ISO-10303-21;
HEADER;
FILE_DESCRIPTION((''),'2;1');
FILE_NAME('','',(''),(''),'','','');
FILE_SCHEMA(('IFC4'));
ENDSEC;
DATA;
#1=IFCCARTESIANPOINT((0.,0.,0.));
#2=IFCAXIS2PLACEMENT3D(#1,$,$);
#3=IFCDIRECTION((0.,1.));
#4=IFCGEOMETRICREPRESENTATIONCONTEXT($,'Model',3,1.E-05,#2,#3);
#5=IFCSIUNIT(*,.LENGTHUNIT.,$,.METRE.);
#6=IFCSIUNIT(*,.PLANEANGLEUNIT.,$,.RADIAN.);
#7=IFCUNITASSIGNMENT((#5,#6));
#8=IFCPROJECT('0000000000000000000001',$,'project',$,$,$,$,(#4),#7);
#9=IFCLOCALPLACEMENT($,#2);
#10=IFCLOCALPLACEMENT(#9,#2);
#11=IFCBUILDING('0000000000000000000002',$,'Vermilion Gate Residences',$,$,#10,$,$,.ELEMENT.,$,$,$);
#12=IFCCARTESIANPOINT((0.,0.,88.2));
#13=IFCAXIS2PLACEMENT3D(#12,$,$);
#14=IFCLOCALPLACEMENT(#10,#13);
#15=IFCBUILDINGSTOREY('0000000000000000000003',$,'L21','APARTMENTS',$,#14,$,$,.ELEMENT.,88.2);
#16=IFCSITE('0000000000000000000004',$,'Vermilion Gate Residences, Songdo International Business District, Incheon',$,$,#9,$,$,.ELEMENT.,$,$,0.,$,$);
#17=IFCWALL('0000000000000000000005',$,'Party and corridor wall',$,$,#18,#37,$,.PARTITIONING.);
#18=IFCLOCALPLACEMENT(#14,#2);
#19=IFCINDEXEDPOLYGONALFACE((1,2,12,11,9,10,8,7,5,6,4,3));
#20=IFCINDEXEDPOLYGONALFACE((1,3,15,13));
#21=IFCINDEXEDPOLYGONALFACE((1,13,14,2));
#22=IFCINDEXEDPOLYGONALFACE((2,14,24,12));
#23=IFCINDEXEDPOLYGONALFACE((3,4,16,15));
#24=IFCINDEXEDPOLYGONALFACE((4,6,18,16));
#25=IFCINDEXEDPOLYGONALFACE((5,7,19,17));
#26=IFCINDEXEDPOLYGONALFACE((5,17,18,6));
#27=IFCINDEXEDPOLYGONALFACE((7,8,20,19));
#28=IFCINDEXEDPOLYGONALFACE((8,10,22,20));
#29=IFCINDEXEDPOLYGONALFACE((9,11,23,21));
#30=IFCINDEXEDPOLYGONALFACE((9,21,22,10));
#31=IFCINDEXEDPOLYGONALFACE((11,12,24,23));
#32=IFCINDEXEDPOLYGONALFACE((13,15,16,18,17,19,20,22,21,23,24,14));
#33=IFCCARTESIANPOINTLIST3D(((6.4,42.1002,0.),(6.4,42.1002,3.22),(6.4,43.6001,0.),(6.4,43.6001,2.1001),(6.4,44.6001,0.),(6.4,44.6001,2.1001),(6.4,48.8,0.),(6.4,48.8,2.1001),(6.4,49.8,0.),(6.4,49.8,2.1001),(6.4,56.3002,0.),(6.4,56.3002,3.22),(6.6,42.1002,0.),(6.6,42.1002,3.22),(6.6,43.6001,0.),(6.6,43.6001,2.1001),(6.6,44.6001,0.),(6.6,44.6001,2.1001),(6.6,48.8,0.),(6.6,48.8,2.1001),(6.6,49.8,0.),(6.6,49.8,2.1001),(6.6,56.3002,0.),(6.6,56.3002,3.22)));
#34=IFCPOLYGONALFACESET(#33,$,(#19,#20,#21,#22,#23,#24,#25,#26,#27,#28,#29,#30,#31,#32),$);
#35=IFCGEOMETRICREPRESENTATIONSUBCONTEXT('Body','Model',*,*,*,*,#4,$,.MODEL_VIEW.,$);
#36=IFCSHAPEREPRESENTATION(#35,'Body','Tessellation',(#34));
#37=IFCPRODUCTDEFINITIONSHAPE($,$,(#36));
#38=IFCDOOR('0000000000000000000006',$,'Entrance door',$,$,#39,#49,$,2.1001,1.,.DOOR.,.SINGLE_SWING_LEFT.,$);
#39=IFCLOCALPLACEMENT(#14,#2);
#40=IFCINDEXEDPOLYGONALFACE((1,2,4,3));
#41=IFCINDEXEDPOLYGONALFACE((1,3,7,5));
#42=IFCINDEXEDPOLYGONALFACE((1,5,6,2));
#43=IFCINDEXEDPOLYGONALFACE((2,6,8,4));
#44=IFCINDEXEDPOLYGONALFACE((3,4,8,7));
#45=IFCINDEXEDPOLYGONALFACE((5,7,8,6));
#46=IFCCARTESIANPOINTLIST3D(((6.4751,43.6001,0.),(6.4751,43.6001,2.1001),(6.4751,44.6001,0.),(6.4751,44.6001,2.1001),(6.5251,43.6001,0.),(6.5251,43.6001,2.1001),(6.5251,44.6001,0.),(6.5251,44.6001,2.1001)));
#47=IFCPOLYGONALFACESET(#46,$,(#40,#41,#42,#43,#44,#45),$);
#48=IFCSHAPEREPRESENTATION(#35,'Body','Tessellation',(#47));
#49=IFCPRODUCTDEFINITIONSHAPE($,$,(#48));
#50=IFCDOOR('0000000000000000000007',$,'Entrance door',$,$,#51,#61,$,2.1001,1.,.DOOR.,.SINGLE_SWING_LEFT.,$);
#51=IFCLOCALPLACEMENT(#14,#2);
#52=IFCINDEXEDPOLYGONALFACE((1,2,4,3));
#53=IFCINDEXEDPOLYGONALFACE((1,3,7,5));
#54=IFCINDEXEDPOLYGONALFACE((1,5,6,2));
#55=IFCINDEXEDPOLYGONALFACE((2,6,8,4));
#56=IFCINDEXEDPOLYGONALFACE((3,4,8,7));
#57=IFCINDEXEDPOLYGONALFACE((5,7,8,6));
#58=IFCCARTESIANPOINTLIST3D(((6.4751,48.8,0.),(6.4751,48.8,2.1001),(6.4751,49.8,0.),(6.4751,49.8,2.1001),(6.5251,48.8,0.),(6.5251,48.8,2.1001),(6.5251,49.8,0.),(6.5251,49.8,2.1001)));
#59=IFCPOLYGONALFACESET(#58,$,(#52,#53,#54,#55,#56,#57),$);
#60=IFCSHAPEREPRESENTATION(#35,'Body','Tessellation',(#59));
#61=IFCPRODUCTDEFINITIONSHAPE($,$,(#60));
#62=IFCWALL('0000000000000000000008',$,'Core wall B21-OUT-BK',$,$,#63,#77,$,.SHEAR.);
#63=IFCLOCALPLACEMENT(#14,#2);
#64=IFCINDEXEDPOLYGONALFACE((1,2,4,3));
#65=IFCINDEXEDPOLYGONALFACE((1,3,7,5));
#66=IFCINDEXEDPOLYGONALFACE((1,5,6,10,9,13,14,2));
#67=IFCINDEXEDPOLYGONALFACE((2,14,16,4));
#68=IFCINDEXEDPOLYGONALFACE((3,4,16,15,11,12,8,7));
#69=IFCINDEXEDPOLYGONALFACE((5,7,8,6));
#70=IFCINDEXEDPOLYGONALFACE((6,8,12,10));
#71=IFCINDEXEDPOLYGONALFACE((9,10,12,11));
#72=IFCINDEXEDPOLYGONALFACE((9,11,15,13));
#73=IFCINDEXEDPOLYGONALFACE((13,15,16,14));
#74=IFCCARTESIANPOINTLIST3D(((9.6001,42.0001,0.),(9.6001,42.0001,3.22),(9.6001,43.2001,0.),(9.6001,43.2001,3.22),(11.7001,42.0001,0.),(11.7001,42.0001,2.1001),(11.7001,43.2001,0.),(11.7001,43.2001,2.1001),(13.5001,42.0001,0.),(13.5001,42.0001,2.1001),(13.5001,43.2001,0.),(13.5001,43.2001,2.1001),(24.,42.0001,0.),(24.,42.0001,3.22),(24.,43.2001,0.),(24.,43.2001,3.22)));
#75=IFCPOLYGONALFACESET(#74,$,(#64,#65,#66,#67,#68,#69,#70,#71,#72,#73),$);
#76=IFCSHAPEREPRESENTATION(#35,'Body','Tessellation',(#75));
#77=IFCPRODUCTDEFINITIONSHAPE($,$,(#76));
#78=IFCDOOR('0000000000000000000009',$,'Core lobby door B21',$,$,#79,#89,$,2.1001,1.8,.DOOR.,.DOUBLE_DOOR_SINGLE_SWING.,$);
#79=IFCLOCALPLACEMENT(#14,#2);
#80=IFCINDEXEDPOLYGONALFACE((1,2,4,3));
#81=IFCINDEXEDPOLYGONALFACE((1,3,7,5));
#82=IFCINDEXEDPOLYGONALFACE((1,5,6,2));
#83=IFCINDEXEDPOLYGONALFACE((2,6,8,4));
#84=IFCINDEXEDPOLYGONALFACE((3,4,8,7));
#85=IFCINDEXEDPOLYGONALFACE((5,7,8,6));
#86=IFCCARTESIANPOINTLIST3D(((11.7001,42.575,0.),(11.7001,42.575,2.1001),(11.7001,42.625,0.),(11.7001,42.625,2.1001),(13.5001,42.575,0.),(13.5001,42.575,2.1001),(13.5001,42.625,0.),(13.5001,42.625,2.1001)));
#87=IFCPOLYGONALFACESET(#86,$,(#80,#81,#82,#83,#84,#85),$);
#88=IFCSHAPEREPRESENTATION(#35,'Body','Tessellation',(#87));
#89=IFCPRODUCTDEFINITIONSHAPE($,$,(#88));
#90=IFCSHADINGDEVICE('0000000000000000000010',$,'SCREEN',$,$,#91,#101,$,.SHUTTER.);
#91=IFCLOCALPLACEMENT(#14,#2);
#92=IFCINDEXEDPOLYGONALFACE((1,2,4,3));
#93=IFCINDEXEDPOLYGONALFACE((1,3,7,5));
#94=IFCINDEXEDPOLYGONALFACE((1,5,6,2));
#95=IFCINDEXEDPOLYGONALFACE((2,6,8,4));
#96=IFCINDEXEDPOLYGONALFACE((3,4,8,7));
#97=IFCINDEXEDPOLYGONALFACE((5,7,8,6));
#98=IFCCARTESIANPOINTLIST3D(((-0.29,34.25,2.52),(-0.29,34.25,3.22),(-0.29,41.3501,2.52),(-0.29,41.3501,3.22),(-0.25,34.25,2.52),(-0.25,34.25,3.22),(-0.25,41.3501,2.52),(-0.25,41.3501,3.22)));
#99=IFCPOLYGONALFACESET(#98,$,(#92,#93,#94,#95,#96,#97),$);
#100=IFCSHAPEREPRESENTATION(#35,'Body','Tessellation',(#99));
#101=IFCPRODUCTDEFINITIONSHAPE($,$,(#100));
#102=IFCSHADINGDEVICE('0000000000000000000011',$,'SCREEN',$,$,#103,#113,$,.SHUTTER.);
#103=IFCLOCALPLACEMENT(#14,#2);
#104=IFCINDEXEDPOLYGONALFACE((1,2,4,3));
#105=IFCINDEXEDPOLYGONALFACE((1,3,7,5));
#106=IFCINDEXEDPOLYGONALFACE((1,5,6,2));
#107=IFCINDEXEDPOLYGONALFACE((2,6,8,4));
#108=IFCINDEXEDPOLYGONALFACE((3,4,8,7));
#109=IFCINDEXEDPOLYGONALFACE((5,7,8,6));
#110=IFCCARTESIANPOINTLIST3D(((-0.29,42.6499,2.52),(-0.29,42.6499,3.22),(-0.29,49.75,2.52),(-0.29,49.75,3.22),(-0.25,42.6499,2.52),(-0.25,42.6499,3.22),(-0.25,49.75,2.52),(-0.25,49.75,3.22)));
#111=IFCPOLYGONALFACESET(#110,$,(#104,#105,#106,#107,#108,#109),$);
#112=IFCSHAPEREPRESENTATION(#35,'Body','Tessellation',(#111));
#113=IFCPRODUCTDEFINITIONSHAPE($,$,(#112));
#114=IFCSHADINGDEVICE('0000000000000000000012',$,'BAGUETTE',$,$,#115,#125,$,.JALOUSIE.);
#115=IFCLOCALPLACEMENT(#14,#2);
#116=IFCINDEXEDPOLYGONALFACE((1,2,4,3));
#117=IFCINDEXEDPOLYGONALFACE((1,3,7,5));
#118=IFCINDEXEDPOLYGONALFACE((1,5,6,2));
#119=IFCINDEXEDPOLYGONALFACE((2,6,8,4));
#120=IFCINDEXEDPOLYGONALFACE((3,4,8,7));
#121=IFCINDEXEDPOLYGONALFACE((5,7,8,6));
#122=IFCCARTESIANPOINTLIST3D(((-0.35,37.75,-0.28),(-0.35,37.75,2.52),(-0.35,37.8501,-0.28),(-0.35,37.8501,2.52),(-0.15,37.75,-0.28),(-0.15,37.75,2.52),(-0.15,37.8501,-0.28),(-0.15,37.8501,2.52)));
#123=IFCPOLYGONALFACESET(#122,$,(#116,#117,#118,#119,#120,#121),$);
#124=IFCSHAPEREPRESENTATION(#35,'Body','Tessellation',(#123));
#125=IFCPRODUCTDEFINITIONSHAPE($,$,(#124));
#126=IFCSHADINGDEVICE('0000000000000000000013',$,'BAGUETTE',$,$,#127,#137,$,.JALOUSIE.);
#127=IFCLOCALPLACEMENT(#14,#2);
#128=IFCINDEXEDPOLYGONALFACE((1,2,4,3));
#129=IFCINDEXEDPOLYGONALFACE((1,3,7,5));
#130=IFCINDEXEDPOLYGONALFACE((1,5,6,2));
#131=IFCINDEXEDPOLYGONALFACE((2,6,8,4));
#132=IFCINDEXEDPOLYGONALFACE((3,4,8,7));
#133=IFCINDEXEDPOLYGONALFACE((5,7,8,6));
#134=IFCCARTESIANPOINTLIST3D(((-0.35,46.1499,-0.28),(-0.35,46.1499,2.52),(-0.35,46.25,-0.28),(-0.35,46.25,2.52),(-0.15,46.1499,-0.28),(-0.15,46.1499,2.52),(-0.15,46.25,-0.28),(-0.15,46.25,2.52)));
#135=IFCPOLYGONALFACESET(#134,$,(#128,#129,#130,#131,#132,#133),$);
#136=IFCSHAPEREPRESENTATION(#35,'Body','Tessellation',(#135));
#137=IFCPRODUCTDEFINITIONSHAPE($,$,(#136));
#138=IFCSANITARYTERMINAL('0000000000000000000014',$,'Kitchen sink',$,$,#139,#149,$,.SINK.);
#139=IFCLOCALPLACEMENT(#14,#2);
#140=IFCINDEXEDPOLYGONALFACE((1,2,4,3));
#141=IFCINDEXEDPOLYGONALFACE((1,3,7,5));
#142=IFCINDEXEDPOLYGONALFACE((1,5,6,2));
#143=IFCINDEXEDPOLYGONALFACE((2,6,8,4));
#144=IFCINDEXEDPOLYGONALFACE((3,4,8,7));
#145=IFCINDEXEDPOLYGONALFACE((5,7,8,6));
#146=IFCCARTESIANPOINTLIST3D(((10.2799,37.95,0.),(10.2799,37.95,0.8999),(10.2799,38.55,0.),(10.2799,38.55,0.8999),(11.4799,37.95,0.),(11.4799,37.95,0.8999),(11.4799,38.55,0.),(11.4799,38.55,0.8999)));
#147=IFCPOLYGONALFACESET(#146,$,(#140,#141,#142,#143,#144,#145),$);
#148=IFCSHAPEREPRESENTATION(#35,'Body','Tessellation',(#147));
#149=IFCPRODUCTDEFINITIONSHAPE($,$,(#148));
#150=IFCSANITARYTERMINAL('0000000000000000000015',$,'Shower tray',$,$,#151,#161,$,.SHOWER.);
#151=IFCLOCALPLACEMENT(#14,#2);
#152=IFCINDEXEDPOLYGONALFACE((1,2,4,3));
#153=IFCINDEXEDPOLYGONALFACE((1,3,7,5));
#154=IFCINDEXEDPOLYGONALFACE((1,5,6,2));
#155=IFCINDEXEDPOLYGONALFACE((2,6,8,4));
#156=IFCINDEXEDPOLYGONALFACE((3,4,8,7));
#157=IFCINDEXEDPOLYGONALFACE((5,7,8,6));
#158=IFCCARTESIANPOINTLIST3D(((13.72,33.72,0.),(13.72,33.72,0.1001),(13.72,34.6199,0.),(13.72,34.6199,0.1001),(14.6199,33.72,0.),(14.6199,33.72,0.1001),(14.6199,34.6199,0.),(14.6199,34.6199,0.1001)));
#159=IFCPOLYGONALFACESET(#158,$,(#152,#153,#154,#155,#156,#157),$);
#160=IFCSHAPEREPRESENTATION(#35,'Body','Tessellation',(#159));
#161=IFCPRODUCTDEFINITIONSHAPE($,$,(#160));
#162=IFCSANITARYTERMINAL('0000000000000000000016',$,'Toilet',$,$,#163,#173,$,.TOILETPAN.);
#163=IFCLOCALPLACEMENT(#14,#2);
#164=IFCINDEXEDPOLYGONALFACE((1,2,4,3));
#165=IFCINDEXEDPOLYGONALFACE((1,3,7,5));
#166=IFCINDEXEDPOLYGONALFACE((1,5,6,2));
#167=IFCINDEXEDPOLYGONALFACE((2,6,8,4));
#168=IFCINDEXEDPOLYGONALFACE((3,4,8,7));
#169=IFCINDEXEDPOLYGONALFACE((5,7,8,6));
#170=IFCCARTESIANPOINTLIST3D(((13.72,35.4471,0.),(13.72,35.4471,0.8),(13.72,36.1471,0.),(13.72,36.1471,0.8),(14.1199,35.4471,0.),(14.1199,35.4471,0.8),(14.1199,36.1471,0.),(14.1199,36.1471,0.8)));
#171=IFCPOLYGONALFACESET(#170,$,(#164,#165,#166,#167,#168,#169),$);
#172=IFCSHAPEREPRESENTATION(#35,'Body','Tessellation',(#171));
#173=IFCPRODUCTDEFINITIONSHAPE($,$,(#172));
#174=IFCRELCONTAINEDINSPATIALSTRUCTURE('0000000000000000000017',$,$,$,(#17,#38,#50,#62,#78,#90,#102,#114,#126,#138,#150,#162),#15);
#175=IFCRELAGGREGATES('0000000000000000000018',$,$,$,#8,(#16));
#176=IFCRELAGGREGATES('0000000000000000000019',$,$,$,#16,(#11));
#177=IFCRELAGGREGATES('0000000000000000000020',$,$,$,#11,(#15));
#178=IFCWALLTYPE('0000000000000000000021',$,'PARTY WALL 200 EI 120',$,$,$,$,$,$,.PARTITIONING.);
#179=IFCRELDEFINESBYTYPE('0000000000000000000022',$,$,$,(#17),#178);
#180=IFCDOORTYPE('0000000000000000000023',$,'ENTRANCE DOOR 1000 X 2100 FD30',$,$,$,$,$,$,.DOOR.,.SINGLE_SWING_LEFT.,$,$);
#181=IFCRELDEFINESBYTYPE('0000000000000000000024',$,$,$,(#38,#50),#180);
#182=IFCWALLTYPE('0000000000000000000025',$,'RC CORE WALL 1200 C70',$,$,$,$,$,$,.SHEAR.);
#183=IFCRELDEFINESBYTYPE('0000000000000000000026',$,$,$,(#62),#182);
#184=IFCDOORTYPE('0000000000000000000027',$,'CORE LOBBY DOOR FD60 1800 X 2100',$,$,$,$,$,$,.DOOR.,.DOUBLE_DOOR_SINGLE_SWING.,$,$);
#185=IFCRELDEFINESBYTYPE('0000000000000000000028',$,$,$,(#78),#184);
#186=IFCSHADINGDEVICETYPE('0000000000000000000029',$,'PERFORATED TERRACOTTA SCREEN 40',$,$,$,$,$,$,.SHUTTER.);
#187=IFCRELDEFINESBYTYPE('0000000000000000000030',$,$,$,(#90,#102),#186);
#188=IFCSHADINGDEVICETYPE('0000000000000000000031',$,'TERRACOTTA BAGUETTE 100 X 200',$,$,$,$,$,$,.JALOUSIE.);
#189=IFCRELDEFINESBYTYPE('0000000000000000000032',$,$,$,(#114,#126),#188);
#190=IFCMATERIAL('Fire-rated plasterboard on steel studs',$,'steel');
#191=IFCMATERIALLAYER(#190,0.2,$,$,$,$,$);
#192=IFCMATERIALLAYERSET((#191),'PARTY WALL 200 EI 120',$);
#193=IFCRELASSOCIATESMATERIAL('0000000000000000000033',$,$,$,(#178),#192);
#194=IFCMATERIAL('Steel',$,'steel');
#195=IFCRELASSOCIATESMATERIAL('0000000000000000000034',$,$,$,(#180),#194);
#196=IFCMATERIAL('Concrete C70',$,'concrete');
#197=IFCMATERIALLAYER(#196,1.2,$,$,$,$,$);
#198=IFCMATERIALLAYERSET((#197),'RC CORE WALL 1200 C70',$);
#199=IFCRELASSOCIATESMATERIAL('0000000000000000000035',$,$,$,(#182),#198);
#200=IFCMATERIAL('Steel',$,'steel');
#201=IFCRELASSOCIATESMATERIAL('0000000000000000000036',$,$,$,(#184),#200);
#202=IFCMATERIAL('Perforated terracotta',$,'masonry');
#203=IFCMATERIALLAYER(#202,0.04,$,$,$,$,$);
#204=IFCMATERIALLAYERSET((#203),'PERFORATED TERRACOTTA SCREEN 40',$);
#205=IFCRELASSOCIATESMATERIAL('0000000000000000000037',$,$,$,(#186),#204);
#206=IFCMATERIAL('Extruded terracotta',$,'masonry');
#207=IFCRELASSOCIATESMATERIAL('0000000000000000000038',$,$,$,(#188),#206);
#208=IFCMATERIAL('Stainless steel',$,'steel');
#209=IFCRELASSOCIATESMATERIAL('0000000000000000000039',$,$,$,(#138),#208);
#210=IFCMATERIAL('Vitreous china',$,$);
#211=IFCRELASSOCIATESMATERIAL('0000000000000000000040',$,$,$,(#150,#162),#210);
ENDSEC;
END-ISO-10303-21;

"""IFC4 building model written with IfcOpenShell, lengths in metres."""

from ifc_helpers import new_model, si_unit, direction, frame, frame_2d, origin, origin_2d, place, context, subcontext, project, spatial, rectangle, extrude, material, layer, layer_set, material_profile, profile_set, type_object, element, fill, save


model = new_model("IFC4")

# Units and contexts
model_context = context("Model", 3, precision=1e-05, world=origin(), true_north=direction((0.0, 1.0)))
body_context = subcontext(model_context, "Body", "Model", "MODEL_VIEW")
ifc_project = project(units=[si_unit("LENGTHUNIT", "METRE"), si_unit("PLANEANGLEUNIT", "RADIAN")], contexts=[model_context])

# Site, building, storey
site_placement = place(None, origin())
site = spatial("IfcSite", under=ifc_project, at=site_placement, Name="Vermilion Gate Residences, Songdo International Business District, Incheon", CompositionType="ELEMENT", RefElevation=0.0)
building_placement = place(site_placement, origin())
building = spatial("IfcBuilding", under=site, at=building_placement, Name="Vermilion Gate Residences", CompositionType="ELEMENT")
storey_placement = place(building_placement, frame((0.0, 0.0, 88.2)))
storey = spatial("IfcBuildingStorey", under=building, at=storey_placement, Name="L21", Description="APARTMENTS", CompositionType="ELEMENT", Elevation=88.2)

# Shared definitions
ifc_material_1 = material(Name="Fire-rated plasterboard on steel studs", Category="steel")
ifc_layer_1 = layer(ifc_material_1, 0.2)
ifc_layer_set_1 = layer_set([ifc_layer_1], Name="PARTY WALL 200 EI 120")
wall_type_1 = type_object("IfcWallType", Name="PARTY WALL 200 EI 120", PredefinedType="PARTITIONING", material=ifc_layer_set_1)

# Wall, openings, doors
wall_1_placement = place(storey_placement, frame((6.5, 42.1001, 0.0), z_axis=(0.0, 0.0, 1.0), x_axis=(0.0, 1.0, 0.0)))
wall_1 = element("IfcWall", 1, at=wall_1_placement, inside=storey, type_object=wall_type_1, Name="Party and corridor wall", PredefinedType="PARTITIONING", context=body_context, shape_type="SweptSolid", body=[
    extrude(rectangle(XDim=14.2, YDim=0.2, at=frame_2d((7.1001, 0.0))), origin(), (0.0, 0.0, 1.0), 3.22),
])
opening_1_placement = place(wall_1_placement, frame((1.5, 0.0, 0.0)))
opening_1 = element("IfcOpeningElement", 2, at=opening_1_placement, cuts=wall_1, PredefinedType="OPENING", context=body_context, shape_type="SweptSolid", body=[
    extrude(rectangle(XDim=1.0, YDim=2.1001, at=frame_2d((0.5, 1.05))), frame((0.0, 0.1099, 0.0), z_axis=(0.0, -1.0, 0.0), x_axis=(1.0, 0.0, 0.0)), (0.0, 0.0, 1.0), 0.22),
])
opening_2_placement = place(wall_1_placement, frame((6.7, 0.0, 0.0)))
opening_2 = element("IfcOpeningElement", 3, at=opening_2_placement, cuts=wall_1, PredefinedType="OPENING", context=body_context, shape_type="SweptSolid", body=[
    extrude(rectangle(XDim=1.0, YDim=2.1001, at=frame_2d((0.5, 1.05))), frame((0.0, 0.1099, 0.0), z_axis=(0.0, -1.0, 0.0), x_axis=(1.0, 0.0, 0.0)), (0.0, 0.0, 1.0), 0.22),
])
ifc_material_2 = material(Name="Steel", Category="steel")
door_type_1 = type_object("IfcDoorType", Name="ENTRANCE DOOR 1000 X 2100 FD30", OperationType="SINGLE_SWING_LEFT", PredefinedType="DOOR", material=ifc_material_2)
door_1_placement = place(opening_1_placement, origin())
door_1 = element("IfcDoor", 4, at=door_1_placement, inside=storey, type_object=door_type_1, Name="Entrance door", OperationType="SINGLE_SWING_LEFT", OverallHeight=2.1001, OverallWidth=1.0, PredefinedType="DOOR", context=body_context, shape_type="SweptSolid", body=[
    extrude(rectangle(XDim=1.0, YDim=2.1001, at=frame_2d((0.5, 1.05))), frame((0.0, 0.0249, 0.0), z_axis=(0.0, -1.0, 0.0), x_axis=(1.0, 0.0, 0.0)), (0.0, 0.0, 1.0), 0.05),
])
fill(opening_1, door_1)
door_2_placement = place(opening_2_placement, origin())
door_2 = element("IfcDoor", 5, at=door_2_placement, inside=storey, type_object=door_type_1, Name="Entrance door", OperationType="SINGLE_SWING_LEFT", OverallHeight=2.1001, OverallWidth=1.0, PredefinedType="DOOR", context=body_context, shape_type="SweptSolid", body=[
    extrude(rectangle(XDim=1.0, YDim=2.1001, at=frame_2d((0.5, 1.05))), frame((0.0, 0.0249, 0.0), z_axis=(0.0, -1.0, 0.0), x_axis=(1.0, 0.0, 0.0)), (0.0, 0.0, 1.0), 0.05),
])
fill(opening_2, door_2)

# Wall, opening, door
ifc_material_3 = material(Name="Concrete C70", Category="concrete")
ifc_layer_2 = layer(ifc_material_3, 1.2)
ifc_layer_set_2 = layer_set([ifc_layer_2], Name="RC CORE WALL 1200 C70")
wall_type_2 = type_object("IfcWallType", Name="RC CORE WALL 1200 C70", PredefinedType="SHEAR", material=ifc_layer_set_2)
wall_2_placement = place(storey_placement, frame((9.6001, 42.6001, 0.0), z_axis=(0.0, 0.0, 1.0), x_axis=(1.0, 0.0, 0.0)))
wall_2 = element("IfcWall", 6, at=wall_2_placement, inside=storey, type_object=wall_type_2, Name="Core wall B21-OUT-BK", PredefinedType="SHEAR", context=body_context, shape_type="SweptSolid", body=[
    extrude(rectangle(XDim=14.3999, YDim=1.2, at=frame_2d((7.2, 0.0))), origin(), (0.0, 0.0, 1.0), 3.22),
])
opening_3_placement = place(wall_2_placement, frame((2.1001, 0.0, 0.0)))
opening_3 = element("IfcOpeningElement", 7, at=opening_3_placement, cuts=wall_2, PredefinedType="OPENING", context=body_context, shape_type="SweptSolid", body=[
    extrude(rectangle(XDim=1.8, YDim=2.1001, at=frame_2d((0.8999, 1.05))), frame((0.0, 0.6099, 0.0), z_axis=(0.0, -1.0, 0.0), x_axis=(1.0, 0.0, 0.0)), (0.0, 0.0, 1.0), 1.22),
])
ifc_material_4 = material(Name="Steel", Category="steel")
door_type_2 = type_object("IfcDoorType", Name="CORE LOBBY DOOR FD60 1800 X 2100", OperationType="DOUBLE_DOOR_SINGLE_SWING", PredefinedType="DOOR", material=ifc_material_4)
door_3_placement = place(opening_3_placement, origin())
door_3 = element("IfcDoor", 8, at=door_3_placement, inside=storey, type_object=door_type_2, Name="Core lobby door B21", OperationType="DOUBLE_DOOR_SINGLE_SWING", OverallHeight=2.1001, OverallWidth=1.8, PredefinedType="DOOR", context=body_context, shape_type="SweptSolid", body=[
    extrude(rectangle(XDim=1.8, YDim=2.1001, at=frame_2d((0.8999, 1.05))), frame((0.0, 0.0249, 0.0), z_axis=(0.0, -1.0, 0.0), x_axis=(1.0, 0.0, 0.0)), (0.0, 0.0, 1.0), 0.05),
])
fill(opening_3, door_3)

# Shading devices
ifc_material_5 = material(Name="Perforated terracotta", Category="masonry")
ifc_layer_3 = layer(ifc_material_5, 0.04)
ifc_layer_set_3 = layer_set([ifc_layer_3], Name="PERFORATED TERRACOTTA SCREEN 40")
shading_device_type_1 = type_object("IfcShadingDeviceType", Name="PERFORATED TERRACOTTA SCREEN 40", PredefinedType="SHUTTER", material=ifc_layer_set_3)
for number, where, z_axis, x_axis, name in (
    (9, (-0.27, 37.8, 2.52), (0.0, 0.0, 1.0), (0.0, -1.0, 0.0), "SCREEN"),
    (10, (-0.27, 46.2, 2.52), (0.0, 0.0, 1.0), (0.0, -1.0, 0.0), "SCREEN"),
):
    element("IfcShadingDevice", number, at=place(storey_placement, frame(where, z_axis=z_axis, x_axis=x_axis)), inside=storey, type_object=shading_device_type_1, Name=name, PredefinedType="SHUTTER", context=body_context, shape_type="SweptSolid", body=[
        extrude(rectangle(XDim=7.1001, YDim=0.04, at=origin_2d()), origin(), (0.0, 0.0, 1.0), 0.7),
    ])
ifc_material_6 = material(Name="Extruded terracotta", Category="masonry")
ifc_material_profile_1 = material_profile(ifc_material_6, rectangle(XDim=0.2, YDim=0.1001, at=origin_2d()), Name="BAGUETTE 100 X 200")
ifc_profile_set_1 = profile_set([ifc_material_profile_1], Name="Extruded terracotta")
shading_device_type_2 = type_object("IfcShadingDeviceType", Name="TERRACOTTA BAGUETTE 100 X 200", PredefinedType="JALOUSIE", material=ifc_profile_set_1)
for number, where, z_axis, x_axis, name in (
    (11, (-0.25, 37.8, -0.28), (0.0, 0.0, 1.0), (1.0, 0.0, 0.0), "BAGUETTE"),
    (12, (-0.25, 46.2, -0.28), (0.0, 0.0, 1.0), (1.0, 0.0, 0.0), "BAGUETTE"),
):
    element("IfcShadingDevice", number, at=place(storey_placement, frame(where, z_axis=z_axis, x_axis=x_axis)), inside=storey, type_object=shading_device_type_2, Name=name, PredefinedType="JALOUSIE", context=body_context, shape_type="SweptSolid", body=[
        extrude(rectangle(XDim=0.2, YDim=0.1001, at=origin_2d()), origin(), (0.0, 0.0, 1.0), 2.8),
    ])

# Sanitary terminals
ifc_material_7 = material(Name="Stainless steel", Category="steel")
sanitary_terminal_1_placement = place(storey_placement, frame((10.8799, 38.25, 0.0), z_axis=(0.0, 0.0, 1.0), x_axis=(1.0, 0.0, 0.0)))
element("IfcSanitaryTerminal", 13, at=sanitary_terminal_1_placement, inside=storey, material=ifc_material_7, Name="Kitchen sink", PredefinedType="SINK", context=body_context, shape_type="SweptSolid", body=[
    extrude(rectangle(XDim=1.2, YDim=0.6001, at=origin_2d()), origin(), (0.0, 0.0, 1.0), 0.8999),
])
ifc_material_8 = material(Name="Vitreous china")
sanitary_terminal_2_placement = place(storey_placement, frame((14.1699, 34.1699, 0.0), z_axis=(0.0, 0.0, 1.0), x_axis=(1.0, 0.0, 0.0)))
element("IfcSanitaryTerminal", 14, at=sanitary_terminal_2_placement, inside=storey, material=ifc_material_8, Name="Shower tray", PredefinedType="SHOWER", context=body_context, shape_type="SweptSolid", body=[
    extrude(rectangle(XDim=0.8999, YDim=0.8999, at=origin_2d()), origin(), (0.0, 0.0, 1.0), 0.1001),
])
sanitary_terminal_3_placement = place(storey_placement, frame((13.9199, 35.7971, 0.0), z_axis=(0.0, 0.0, 1.0), x_axis=(1.0, 0.0, 0.0)))
element("IfcSanitaryTerminal", 15, at=sanitary_terminal_3_placement, inside=storey, material=ifc_material_8, Name="Toilet", PredefinedType="TOILETPAN", context=body_context, shape_type="SweptSolid", body=[
    extrude(rectangle(XDim=0.3999, YDim=0.7, at=origin_2d()), origin(), (0.0, 0.0, 1.0), 0.8),
])

save(model, "model.ifc")
